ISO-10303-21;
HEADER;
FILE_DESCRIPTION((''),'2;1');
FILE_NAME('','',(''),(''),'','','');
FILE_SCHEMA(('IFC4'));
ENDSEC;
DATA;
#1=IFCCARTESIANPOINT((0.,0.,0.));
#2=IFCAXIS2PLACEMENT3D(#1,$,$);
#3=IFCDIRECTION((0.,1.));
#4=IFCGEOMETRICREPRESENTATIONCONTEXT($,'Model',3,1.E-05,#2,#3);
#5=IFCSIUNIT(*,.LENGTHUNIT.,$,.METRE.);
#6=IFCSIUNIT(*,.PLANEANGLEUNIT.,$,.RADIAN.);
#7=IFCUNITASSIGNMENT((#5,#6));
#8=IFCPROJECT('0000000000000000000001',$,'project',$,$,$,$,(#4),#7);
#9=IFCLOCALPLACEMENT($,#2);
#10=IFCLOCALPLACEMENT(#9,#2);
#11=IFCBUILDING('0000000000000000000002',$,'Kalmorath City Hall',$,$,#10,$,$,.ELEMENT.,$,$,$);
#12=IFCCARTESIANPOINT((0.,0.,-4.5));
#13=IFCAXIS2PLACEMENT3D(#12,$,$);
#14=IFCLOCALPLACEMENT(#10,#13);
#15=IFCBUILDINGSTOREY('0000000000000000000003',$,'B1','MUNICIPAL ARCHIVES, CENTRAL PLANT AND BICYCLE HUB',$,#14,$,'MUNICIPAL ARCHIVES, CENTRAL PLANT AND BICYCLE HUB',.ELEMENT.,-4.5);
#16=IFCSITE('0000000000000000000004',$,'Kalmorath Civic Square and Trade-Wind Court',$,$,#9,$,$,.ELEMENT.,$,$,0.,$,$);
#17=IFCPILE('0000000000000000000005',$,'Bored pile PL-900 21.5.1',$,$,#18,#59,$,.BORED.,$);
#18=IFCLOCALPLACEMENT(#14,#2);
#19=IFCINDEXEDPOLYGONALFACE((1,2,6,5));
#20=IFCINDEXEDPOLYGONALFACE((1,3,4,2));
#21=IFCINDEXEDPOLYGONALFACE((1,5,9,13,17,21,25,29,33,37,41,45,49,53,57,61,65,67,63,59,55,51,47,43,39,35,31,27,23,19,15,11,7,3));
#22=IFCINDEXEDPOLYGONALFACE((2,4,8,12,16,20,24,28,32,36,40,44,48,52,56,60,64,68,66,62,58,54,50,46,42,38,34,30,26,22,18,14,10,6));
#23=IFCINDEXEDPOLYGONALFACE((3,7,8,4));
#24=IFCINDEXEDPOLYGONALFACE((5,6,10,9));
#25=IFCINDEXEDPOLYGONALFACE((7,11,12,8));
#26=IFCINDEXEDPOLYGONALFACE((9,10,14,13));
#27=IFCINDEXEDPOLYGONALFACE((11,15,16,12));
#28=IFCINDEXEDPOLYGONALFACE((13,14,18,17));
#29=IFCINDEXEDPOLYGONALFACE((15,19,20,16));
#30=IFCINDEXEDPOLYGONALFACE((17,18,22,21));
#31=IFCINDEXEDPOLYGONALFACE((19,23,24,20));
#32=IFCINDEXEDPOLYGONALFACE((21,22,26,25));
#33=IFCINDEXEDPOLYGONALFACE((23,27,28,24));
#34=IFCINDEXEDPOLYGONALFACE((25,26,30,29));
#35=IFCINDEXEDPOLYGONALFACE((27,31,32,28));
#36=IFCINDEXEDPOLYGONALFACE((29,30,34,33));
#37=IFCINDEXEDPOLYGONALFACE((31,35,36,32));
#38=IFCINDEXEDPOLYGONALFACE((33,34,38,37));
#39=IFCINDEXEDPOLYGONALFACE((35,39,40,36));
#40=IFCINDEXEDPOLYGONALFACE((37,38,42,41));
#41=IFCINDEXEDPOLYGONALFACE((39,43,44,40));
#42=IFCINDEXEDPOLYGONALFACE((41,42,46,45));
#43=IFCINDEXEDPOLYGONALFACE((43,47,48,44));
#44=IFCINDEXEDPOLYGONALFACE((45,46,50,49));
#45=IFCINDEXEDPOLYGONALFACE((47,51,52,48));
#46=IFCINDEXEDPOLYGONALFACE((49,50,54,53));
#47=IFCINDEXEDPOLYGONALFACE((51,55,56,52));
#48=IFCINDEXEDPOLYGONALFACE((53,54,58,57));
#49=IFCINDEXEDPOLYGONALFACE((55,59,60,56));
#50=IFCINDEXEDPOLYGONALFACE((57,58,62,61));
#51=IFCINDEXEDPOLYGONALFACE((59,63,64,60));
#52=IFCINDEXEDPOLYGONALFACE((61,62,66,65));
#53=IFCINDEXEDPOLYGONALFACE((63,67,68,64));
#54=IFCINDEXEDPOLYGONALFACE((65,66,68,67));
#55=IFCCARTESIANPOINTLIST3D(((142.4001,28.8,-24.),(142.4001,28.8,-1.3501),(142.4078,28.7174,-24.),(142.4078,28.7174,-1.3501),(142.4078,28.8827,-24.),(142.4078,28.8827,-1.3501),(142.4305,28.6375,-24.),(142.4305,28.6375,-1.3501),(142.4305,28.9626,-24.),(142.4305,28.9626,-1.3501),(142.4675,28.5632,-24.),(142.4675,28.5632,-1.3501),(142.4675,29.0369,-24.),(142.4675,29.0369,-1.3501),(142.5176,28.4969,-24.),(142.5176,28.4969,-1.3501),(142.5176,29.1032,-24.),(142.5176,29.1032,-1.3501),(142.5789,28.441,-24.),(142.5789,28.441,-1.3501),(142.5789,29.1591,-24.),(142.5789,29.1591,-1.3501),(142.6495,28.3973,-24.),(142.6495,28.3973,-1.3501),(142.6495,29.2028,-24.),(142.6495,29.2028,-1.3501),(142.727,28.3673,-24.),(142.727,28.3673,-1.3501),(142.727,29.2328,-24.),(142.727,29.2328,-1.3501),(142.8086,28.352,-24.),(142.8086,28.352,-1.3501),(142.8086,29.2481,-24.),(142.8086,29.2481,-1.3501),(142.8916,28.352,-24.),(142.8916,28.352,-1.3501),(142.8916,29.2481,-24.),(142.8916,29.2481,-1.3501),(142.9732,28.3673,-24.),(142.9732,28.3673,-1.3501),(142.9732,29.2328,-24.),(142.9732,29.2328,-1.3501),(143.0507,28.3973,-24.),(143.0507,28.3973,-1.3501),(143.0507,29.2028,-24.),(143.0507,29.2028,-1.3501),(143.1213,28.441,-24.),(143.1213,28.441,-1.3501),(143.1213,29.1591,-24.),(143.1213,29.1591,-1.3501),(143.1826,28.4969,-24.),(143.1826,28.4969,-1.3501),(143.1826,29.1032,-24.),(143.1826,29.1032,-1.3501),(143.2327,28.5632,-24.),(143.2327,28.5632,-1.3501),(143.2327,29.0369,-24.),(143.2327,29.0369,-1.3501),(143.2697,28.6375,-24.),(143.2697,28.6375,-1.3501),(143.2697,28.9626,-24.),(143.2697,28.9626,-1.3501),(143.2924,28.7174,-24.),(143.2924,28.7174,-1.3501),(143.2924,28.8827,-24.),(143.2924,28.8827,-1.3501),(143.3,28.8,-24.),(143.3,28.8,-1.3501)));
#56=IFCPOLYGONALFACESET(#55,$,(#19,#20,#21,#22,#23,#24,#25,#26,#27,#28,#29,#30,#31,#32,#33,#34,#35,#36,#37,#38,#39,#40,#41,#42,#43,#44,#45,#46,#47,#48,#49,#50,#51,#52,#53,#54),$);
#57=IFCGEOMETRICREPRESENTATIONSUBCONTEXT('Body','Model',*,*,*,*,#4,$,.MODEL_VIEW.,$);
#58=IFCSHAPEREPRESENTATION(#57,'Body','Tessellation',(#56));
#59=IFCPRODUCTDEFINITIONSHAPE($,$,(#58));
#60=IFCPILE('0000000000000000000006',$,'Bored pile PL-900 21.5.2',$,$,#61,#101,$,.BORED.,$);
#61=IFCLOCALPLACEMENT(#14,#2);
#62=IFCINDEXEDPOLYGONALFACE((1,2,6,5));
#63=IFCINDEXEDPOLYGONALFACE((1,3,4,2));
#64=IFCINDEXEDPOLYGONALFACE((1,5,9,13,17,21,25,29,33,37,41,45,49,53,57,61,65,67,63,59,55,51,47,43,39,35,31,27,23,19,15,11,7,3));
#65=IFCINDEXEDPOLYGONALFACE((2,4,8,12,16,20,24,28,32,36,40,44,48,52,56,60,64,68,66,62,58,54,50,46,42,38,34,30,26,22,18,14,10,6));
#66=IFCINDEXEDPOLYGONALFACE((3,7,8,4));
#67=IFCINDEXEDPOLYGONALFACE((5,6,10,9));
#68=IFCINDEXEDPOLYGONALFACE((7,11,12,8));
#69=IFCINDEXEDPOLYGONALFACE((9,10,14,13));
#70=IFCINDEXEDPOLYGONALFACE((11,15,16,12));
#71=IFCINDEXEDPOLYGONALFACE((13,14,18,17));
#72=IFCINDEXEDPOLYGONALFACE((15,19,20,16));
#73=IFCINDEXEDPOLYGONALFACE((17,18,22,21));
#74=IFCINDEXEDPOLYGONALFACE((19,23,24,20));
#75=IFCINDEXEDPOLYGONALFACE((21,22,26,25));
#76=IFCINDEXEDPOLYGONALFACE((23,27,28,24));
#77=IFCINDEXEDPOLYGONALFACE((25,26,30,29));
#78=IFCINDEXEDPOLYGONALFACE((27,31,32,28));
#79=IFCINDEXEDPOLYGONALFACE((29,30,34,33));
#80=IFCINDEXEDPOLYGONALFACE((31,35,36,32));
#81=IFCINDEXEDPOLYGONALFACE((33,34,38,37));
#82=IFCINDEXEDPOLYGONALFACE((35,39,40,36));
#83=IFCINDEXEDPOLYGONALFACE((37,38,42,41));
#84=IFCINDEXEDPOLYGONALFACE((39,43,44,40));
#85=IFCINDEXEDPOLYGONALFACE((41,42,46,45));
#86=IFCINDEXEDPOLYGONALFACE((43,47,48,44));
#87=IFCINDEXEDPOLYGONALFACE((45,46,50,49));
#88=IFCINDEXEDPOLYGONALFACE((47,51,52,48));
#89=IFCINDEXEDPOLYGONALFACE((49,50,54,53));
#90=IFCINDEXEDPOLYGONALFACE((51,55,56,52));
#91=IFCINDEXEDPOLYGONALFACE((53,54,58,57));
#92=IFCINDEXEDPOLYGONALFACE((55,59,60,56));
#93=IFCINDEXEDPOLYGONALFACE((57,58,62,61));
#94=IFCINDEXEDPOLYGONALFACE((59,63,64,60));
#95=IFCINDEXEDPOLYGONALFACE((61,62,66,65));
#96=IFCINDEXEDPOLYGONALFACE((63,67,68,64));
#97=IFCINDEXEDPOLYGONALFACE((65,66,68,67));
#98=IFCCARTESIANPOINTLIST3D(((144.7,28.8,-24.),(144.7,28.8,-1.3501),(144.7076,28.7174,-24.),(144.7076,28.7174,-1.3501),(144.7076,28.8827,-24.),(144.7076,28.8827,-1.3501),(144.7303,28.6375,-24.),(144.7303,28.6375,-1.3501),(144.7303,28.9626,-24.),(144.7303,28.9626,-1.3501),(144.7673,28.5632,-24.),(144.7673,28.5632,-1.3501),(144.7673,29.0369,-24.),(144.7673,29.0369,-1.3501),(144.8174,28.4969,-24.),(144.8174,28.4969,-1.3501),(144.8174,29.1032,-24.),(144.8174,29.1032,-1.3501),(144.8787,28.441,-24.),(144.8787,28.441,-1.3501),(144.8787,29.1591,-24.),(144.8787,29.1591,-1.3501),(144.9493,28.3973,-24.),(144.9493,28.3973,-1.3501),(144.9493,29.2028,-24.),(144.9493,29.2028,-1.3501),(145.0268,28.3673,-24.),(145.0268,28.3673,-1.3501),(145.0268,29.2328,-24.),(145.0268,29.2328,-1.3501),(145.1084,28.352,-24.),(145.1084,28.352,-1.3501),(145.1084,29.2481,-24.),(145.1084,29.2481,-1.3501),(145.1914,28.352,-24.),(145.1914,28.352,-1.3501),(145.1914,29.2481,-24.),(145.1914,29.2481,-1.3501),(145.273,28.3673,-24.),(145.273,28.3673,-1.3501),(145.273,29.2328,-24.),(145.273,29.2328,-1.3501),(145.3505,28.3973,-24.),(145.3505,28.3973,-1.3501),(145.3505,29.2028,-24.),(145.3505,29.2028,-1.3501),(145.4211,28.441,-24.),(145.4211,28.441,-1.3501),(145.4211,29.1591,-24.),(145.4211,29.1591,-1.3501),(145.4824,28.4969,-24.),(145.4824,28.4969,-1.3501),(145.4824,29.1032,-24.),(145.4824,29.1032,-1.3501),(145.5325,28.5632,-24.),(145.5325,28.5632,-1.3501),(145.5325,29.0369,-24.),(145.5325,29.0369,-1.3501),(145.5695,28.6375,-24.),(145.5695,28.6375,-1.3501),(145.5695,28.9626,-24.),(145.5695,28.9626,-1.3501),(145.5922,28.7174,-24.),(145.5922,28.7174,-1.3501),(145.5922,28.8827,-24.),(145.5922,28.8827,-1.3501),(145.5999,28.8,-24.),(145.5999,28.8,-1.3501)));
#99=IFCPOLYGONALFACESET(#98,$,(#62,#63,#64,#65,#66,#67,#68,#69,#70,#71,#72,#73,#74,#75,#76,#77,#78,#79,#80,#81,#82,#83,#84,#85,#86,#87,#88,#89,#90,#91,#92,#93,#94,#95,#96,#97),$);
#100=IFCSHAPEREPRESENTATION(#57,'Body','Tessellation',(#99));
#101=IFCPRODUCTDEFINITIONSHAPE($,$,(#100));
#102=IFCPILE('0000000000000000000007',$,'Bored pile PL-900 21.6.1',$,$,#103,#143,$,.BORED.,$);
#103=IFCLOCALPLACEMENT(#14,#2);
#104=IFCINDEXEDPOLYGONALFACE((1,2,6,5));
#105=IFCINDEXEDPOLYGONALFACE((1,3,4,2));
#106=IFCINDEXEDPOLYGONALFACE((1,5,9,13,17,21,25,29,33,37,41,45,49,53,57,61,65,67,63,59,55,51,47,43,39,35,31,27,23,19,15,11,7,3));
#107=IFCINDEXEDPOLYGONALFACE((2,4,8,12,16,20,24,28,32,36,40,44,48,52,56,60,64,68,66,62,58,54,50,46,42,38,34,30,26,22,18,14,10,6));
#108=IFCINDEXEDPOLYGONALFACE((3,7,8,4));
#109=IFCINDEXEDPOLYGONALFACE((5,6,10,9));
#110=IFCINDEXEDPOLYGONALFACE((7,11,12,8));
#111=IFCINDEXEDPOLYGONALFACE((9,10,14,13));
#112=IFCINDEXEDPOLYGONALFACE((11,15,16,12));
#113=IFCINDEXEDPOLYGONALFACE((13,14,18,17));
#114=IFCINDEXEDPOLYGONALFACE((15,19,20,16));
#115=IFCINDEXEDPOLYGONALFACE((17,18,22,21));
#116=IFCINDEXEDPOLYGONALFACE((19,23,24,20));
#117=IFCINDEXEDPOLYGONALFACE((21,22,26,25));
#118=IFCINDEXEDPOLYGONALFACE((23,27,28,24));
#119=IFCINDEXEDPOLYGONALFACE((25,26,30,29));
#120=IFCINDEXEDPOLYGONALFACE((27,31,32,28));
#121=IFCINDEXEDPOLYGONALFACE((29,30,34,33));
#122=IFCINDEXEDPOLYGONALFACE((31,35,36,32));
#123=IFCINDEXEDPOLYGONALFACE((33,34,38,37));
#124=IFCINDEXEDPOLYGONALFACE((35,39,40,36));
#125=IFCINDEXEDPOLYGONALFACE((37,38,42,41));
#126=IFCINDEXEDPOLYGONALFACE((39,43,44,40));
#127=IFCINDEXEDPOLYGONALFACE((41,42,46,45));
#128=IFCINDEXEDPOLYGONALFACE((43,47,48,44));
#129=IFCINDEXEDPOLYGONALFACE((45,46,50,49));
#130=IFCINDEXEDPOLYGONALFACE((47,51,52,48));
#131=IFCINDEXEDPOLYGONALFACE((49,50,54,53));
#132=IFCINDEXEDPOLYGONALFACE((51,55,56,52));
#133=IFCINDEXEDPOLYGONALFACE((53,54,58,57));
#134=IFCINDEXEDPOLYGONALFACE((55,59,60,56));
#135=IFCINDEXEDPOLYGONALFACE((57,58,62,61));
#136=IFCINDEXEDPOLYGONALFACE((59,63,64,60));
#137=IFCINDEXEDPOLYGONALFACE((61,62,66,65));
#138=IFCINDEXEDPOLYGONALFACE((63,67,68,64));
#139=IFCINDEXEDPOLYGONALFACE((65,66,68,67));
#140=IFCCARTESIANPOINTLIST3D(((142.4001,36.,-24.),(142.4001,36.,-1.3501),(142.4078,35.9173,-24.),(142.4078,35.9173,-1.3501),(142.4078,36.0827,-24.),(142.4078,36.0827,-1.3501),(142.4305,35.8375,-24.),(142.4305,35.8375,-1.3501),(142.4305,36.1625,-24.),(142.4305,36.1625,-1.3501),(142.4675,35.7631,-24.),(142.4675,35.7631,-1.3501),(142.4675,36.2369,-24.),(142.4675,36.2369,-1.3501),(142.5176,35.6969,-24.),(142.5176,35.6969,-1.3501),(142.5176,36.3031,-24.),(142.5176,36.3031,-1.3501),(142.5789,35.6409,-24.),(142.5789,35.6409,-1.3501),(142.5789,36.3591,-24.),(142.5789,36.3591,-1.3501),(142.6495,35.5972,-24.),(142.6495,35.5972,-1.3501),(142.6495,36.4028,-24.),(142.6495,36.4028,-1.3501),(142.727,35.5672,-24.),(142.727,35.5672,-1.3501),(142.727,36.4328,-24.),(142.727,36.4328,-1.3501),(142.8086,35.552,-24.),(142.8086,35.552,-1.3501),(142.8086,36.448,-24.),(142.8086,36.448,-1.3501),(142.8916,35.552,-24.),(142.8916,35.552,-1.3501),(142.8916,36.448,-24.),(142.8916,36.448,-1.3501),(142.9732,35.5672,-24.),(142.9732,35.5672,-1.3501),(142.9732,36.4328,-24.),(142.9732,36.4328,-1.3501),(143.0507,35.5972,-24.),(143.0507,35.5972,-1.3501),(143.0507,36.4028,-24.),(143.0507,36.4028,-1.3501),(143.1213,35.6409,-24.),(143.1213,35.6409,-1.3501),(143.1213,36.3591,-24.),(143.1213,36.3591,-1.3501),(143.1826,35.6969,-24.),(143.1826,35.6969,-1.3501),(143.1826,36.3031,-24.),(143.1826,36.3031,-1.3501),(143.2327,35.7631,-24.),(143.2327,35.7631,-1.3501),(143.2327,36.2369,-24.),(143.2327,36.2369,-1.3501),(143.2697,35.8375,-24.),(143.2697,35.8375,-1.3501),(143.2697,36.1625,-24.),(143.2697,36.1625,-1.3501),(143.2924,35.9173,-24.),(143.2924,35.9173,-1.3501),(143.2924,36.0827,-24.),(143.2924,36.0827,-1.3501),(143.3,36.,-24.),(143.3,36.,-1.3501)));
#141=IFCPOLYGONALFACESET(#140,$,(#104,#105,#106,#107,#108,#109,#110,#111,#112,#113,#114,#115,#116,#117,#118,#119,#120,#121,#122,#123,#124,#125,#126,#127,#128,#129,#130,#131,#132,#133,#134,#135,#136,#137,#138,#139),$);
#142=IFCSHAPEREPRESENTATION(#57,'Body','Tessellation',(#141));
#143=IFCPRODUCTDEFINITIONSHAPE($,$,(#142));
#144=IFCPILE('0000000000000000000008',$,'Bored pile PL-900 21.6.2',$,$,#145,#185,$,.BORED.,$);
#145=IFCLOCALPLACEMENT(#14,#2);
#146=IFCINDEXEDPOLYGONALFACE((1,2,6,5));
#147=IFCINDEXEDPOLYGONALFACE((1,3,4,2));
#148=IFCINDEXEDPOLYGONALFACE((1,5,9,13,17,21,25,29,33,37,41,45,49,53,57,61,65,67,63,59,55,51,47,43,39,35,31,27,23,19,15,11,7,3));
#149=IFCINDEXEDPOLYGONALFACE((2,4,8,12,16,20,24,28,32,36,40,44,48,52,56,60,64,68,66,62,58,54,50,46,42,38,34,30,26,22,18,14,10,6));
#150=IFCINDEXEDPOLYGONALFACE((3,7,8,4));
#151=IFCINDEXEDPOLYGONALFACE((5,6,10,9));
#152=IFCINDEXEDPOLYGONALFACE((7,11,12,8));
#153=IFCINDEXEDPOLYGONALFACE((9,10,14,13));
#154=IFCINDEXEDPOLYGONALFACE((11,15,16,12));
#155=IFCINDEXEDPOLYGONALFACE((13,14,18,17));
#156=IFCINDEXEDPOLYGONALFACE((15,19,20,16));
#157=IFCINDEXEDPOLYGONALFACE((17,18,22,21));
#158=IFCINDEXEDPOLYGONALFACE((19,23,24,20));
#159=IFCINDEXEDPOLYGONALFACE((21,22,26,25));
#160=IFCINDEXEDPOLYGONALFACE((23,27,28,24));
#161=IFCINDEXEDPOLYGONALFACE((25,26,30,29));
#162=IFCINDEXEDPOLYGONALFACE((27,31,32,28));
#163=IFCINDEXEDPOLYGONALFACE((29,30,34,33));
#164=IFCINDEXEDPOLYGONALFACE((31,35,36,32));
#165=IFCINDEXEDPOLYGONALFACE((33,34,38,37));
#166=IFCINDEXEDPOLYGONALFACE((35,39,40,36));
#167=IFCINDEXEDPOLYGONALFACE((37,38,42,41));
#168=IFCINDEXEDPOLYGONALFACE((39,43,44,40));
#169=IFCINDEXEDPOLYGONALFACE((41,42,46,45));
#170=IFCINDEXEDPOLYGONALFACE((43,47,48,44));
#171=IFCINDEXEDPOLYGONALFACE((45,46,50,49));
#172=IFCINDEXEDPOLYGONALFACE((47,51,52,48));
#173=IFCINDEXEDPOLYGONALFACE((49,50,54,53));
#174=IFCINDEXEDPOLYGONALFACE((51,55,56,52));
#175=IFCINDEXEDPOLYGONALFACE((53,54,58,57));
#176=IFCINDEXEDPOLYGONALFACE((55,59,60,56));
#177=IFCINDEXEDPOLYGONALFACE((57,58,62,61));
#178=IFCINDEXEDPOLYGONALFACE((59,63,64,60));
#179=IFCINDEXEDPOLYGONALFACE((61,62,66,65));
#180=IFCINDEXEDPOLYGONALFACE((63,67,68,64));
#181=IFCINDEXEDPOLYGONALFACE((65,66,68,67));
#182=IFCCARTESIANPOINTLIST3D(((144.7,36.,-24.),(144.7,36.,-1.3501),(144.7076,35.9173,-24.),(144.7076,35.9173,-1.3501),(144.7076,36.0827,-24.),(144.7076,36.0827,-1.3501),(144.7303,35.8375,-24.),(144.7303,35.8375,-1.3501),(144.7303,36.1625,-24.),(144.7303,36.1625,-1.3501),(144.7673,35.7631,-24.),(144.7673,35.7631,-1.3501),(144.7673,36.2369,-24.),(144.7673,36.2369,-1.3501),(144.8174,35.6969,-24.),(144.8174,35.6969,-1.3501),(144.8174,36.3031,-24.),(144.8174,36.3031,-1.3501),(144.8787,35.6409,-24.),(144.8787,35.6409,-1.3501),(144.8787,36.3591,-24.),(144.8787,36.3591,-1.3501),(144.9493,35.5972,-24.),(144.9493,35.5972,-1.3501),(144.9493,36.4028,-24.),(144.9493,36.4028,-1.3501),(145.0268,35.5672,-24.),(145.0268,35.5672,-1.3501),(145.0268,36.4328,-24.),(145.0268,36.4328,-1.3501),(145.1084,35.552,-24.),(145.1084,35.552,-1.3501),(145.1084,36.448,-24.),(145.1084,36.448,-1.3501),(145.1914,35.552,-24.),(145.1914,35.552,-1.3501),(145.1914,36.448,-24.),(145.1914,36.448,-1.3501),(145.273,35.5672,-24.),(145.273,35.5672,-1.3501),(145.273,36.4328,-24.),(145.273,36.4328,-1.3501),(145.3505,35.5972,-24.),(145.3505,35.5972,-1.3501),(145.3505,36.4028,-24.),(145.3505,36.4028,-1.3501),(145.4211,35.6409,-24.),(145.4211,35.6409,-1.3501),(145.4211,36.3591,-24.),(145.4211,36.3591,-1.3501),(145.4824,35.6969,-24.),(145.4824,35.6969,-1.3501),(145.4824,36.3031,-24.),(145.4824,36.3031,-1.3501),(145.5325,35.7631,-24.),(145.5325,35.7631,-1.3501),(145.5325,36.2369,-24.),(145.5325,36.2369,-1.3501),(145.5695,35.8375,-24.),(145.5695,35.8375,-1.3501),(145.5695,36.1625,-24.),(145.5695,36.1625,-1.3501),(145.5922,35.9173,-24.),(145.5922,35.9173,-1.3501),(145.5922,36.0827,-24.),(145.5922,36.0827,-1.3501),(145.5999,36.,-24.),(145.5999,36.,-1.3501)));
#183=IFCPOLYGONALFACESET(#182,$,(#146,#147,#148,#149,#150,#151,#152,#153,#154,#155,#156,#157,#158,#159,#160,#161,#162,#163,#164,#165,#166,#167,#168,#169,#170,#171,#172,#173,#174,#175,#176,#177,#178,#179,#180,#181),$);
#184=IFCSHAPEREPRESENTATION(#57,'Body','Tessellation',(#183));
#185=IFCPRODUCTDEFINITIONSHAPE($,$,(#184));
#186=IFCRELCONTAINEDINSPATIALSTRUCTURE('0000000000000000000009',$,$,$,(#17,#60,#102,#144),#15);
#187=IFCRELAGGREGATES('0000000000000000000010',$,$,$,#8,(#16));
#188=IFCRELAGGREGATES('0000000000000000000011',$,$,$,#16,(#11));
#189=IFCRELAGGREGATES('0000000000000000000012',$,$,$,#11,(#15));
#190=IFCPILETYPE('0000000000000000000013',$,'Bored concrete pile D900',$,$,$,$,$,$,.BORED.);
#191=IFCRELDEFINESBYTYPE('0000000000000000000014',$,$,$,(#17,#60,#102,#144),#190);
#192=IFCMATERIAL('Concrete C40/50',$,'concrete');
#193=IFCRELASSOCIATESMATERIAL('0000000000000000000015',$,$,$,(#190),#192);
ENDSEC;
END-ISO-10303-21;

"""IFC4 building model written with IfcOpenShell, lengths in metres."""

from ifc_helpers import new_model, si_unit, direction, frame, origin, origin_2d, place, context, subcontext, project, spatial, circle, extrude, material, material_profile, profile_set, type_object, element, save


model = new_model("IFC4")

# Units and contexts
model_context = context("Model", 3, precision=1e-05, world=origin(), true_north=direction((0.0, 1.0)))
body_context = subcontext(model_context, "Body", "Model", "MODEL_VIEW")
ifc_project = project(units=[si_unit("LENGTHUNIT", "METRE"), si_unit("PLANEANGLEUNIT", "RADIAN")], contexts=[model_context])

# Site, building, storey
site_placement = place(None, origin())
site = spatial("IfcSite", under=ifc_project, at=site_placement, Name="Kalmorath Civic Square and Trade-Wind Court", CompositionType="ELEMENT", RefElevation=0.0)
building_placement = place(site_placement, origin())
building = spatial("IfcBuilding", under=site, at=building_placement, Name="Kalmorath City Hall", CompositionType="ELEMENT")
storey_placement = place(building_placement, frame((0.0, 0.0, -4.5)))
storey = spatial("IfcBuildingStorey", under=building, at=storey_placement, Name="B1", Description="MUNICIPAL ARCHIVES, CENTRAL PLANT AND BICYCLE HUB", LongName="MUNICIPAL ARCHIVES, CENTRAL PLANT AND BICYCLE HUB", CompositionType="ELEMENT", Elevation=-4.5)

# Piles
ifc_material_1 = material(Name="Concrete C40/50", Category="concrete")
ifc_material_profile_1 = material_profile(ifc_material_1, circle(Radius=0.45, at=origin_2d()), Name="PILE-D900")
ifc_profile_set_1 = profile_set([ifc_material_profile_1], Name="Concrete C40/50")
pile_type = type_object("IfcPileType", Name="Bored concrete pile D900", PredefinedType="BORED", material=ifc_profile_set_1)
for number, where, z_axis, x_axis, name in (
    (1, (142.8501, 28.8, -1.3501), (0.0, 0.0, -1.0), (1.0, 0.0, 0.0), "Bored pile PL-900 21.5.1"),
    (2, (145.1499, 28.8, -1.3501), (0.0, 0.0, -1.0), (1.0, 0.0, 0.0), "Bored pile PL-900 21.5.2"),
    (3, (142.8501, 36.0, -1.3501), (0.0, 0.0, -1.0), (1.0, 0.0, 0.0), "Bored pile PL-900 21.6.1"),
    (4, (145.1499, 36.0, -1.3501), (0.0, 0.0, -1.0), (1.0, 0.0, 0.0), "Bored pile PL-900 21.6.2"),
):
    element("IfcPile", number, at=place(storey_placement, frame(where, z_axis=z_axis, x_axis=x_axis)), inside=storey, type_object=pile_type, Name=name, PredefinedType="BORED", context=body_context, shape_type="SweptSolid", body=[
        extrude(circle(Radius=0.45, at=origin_2d()), origin(), (0.0, 0.0, 1.0), 22.6499),
    ])

save(model, "model.ifc")
